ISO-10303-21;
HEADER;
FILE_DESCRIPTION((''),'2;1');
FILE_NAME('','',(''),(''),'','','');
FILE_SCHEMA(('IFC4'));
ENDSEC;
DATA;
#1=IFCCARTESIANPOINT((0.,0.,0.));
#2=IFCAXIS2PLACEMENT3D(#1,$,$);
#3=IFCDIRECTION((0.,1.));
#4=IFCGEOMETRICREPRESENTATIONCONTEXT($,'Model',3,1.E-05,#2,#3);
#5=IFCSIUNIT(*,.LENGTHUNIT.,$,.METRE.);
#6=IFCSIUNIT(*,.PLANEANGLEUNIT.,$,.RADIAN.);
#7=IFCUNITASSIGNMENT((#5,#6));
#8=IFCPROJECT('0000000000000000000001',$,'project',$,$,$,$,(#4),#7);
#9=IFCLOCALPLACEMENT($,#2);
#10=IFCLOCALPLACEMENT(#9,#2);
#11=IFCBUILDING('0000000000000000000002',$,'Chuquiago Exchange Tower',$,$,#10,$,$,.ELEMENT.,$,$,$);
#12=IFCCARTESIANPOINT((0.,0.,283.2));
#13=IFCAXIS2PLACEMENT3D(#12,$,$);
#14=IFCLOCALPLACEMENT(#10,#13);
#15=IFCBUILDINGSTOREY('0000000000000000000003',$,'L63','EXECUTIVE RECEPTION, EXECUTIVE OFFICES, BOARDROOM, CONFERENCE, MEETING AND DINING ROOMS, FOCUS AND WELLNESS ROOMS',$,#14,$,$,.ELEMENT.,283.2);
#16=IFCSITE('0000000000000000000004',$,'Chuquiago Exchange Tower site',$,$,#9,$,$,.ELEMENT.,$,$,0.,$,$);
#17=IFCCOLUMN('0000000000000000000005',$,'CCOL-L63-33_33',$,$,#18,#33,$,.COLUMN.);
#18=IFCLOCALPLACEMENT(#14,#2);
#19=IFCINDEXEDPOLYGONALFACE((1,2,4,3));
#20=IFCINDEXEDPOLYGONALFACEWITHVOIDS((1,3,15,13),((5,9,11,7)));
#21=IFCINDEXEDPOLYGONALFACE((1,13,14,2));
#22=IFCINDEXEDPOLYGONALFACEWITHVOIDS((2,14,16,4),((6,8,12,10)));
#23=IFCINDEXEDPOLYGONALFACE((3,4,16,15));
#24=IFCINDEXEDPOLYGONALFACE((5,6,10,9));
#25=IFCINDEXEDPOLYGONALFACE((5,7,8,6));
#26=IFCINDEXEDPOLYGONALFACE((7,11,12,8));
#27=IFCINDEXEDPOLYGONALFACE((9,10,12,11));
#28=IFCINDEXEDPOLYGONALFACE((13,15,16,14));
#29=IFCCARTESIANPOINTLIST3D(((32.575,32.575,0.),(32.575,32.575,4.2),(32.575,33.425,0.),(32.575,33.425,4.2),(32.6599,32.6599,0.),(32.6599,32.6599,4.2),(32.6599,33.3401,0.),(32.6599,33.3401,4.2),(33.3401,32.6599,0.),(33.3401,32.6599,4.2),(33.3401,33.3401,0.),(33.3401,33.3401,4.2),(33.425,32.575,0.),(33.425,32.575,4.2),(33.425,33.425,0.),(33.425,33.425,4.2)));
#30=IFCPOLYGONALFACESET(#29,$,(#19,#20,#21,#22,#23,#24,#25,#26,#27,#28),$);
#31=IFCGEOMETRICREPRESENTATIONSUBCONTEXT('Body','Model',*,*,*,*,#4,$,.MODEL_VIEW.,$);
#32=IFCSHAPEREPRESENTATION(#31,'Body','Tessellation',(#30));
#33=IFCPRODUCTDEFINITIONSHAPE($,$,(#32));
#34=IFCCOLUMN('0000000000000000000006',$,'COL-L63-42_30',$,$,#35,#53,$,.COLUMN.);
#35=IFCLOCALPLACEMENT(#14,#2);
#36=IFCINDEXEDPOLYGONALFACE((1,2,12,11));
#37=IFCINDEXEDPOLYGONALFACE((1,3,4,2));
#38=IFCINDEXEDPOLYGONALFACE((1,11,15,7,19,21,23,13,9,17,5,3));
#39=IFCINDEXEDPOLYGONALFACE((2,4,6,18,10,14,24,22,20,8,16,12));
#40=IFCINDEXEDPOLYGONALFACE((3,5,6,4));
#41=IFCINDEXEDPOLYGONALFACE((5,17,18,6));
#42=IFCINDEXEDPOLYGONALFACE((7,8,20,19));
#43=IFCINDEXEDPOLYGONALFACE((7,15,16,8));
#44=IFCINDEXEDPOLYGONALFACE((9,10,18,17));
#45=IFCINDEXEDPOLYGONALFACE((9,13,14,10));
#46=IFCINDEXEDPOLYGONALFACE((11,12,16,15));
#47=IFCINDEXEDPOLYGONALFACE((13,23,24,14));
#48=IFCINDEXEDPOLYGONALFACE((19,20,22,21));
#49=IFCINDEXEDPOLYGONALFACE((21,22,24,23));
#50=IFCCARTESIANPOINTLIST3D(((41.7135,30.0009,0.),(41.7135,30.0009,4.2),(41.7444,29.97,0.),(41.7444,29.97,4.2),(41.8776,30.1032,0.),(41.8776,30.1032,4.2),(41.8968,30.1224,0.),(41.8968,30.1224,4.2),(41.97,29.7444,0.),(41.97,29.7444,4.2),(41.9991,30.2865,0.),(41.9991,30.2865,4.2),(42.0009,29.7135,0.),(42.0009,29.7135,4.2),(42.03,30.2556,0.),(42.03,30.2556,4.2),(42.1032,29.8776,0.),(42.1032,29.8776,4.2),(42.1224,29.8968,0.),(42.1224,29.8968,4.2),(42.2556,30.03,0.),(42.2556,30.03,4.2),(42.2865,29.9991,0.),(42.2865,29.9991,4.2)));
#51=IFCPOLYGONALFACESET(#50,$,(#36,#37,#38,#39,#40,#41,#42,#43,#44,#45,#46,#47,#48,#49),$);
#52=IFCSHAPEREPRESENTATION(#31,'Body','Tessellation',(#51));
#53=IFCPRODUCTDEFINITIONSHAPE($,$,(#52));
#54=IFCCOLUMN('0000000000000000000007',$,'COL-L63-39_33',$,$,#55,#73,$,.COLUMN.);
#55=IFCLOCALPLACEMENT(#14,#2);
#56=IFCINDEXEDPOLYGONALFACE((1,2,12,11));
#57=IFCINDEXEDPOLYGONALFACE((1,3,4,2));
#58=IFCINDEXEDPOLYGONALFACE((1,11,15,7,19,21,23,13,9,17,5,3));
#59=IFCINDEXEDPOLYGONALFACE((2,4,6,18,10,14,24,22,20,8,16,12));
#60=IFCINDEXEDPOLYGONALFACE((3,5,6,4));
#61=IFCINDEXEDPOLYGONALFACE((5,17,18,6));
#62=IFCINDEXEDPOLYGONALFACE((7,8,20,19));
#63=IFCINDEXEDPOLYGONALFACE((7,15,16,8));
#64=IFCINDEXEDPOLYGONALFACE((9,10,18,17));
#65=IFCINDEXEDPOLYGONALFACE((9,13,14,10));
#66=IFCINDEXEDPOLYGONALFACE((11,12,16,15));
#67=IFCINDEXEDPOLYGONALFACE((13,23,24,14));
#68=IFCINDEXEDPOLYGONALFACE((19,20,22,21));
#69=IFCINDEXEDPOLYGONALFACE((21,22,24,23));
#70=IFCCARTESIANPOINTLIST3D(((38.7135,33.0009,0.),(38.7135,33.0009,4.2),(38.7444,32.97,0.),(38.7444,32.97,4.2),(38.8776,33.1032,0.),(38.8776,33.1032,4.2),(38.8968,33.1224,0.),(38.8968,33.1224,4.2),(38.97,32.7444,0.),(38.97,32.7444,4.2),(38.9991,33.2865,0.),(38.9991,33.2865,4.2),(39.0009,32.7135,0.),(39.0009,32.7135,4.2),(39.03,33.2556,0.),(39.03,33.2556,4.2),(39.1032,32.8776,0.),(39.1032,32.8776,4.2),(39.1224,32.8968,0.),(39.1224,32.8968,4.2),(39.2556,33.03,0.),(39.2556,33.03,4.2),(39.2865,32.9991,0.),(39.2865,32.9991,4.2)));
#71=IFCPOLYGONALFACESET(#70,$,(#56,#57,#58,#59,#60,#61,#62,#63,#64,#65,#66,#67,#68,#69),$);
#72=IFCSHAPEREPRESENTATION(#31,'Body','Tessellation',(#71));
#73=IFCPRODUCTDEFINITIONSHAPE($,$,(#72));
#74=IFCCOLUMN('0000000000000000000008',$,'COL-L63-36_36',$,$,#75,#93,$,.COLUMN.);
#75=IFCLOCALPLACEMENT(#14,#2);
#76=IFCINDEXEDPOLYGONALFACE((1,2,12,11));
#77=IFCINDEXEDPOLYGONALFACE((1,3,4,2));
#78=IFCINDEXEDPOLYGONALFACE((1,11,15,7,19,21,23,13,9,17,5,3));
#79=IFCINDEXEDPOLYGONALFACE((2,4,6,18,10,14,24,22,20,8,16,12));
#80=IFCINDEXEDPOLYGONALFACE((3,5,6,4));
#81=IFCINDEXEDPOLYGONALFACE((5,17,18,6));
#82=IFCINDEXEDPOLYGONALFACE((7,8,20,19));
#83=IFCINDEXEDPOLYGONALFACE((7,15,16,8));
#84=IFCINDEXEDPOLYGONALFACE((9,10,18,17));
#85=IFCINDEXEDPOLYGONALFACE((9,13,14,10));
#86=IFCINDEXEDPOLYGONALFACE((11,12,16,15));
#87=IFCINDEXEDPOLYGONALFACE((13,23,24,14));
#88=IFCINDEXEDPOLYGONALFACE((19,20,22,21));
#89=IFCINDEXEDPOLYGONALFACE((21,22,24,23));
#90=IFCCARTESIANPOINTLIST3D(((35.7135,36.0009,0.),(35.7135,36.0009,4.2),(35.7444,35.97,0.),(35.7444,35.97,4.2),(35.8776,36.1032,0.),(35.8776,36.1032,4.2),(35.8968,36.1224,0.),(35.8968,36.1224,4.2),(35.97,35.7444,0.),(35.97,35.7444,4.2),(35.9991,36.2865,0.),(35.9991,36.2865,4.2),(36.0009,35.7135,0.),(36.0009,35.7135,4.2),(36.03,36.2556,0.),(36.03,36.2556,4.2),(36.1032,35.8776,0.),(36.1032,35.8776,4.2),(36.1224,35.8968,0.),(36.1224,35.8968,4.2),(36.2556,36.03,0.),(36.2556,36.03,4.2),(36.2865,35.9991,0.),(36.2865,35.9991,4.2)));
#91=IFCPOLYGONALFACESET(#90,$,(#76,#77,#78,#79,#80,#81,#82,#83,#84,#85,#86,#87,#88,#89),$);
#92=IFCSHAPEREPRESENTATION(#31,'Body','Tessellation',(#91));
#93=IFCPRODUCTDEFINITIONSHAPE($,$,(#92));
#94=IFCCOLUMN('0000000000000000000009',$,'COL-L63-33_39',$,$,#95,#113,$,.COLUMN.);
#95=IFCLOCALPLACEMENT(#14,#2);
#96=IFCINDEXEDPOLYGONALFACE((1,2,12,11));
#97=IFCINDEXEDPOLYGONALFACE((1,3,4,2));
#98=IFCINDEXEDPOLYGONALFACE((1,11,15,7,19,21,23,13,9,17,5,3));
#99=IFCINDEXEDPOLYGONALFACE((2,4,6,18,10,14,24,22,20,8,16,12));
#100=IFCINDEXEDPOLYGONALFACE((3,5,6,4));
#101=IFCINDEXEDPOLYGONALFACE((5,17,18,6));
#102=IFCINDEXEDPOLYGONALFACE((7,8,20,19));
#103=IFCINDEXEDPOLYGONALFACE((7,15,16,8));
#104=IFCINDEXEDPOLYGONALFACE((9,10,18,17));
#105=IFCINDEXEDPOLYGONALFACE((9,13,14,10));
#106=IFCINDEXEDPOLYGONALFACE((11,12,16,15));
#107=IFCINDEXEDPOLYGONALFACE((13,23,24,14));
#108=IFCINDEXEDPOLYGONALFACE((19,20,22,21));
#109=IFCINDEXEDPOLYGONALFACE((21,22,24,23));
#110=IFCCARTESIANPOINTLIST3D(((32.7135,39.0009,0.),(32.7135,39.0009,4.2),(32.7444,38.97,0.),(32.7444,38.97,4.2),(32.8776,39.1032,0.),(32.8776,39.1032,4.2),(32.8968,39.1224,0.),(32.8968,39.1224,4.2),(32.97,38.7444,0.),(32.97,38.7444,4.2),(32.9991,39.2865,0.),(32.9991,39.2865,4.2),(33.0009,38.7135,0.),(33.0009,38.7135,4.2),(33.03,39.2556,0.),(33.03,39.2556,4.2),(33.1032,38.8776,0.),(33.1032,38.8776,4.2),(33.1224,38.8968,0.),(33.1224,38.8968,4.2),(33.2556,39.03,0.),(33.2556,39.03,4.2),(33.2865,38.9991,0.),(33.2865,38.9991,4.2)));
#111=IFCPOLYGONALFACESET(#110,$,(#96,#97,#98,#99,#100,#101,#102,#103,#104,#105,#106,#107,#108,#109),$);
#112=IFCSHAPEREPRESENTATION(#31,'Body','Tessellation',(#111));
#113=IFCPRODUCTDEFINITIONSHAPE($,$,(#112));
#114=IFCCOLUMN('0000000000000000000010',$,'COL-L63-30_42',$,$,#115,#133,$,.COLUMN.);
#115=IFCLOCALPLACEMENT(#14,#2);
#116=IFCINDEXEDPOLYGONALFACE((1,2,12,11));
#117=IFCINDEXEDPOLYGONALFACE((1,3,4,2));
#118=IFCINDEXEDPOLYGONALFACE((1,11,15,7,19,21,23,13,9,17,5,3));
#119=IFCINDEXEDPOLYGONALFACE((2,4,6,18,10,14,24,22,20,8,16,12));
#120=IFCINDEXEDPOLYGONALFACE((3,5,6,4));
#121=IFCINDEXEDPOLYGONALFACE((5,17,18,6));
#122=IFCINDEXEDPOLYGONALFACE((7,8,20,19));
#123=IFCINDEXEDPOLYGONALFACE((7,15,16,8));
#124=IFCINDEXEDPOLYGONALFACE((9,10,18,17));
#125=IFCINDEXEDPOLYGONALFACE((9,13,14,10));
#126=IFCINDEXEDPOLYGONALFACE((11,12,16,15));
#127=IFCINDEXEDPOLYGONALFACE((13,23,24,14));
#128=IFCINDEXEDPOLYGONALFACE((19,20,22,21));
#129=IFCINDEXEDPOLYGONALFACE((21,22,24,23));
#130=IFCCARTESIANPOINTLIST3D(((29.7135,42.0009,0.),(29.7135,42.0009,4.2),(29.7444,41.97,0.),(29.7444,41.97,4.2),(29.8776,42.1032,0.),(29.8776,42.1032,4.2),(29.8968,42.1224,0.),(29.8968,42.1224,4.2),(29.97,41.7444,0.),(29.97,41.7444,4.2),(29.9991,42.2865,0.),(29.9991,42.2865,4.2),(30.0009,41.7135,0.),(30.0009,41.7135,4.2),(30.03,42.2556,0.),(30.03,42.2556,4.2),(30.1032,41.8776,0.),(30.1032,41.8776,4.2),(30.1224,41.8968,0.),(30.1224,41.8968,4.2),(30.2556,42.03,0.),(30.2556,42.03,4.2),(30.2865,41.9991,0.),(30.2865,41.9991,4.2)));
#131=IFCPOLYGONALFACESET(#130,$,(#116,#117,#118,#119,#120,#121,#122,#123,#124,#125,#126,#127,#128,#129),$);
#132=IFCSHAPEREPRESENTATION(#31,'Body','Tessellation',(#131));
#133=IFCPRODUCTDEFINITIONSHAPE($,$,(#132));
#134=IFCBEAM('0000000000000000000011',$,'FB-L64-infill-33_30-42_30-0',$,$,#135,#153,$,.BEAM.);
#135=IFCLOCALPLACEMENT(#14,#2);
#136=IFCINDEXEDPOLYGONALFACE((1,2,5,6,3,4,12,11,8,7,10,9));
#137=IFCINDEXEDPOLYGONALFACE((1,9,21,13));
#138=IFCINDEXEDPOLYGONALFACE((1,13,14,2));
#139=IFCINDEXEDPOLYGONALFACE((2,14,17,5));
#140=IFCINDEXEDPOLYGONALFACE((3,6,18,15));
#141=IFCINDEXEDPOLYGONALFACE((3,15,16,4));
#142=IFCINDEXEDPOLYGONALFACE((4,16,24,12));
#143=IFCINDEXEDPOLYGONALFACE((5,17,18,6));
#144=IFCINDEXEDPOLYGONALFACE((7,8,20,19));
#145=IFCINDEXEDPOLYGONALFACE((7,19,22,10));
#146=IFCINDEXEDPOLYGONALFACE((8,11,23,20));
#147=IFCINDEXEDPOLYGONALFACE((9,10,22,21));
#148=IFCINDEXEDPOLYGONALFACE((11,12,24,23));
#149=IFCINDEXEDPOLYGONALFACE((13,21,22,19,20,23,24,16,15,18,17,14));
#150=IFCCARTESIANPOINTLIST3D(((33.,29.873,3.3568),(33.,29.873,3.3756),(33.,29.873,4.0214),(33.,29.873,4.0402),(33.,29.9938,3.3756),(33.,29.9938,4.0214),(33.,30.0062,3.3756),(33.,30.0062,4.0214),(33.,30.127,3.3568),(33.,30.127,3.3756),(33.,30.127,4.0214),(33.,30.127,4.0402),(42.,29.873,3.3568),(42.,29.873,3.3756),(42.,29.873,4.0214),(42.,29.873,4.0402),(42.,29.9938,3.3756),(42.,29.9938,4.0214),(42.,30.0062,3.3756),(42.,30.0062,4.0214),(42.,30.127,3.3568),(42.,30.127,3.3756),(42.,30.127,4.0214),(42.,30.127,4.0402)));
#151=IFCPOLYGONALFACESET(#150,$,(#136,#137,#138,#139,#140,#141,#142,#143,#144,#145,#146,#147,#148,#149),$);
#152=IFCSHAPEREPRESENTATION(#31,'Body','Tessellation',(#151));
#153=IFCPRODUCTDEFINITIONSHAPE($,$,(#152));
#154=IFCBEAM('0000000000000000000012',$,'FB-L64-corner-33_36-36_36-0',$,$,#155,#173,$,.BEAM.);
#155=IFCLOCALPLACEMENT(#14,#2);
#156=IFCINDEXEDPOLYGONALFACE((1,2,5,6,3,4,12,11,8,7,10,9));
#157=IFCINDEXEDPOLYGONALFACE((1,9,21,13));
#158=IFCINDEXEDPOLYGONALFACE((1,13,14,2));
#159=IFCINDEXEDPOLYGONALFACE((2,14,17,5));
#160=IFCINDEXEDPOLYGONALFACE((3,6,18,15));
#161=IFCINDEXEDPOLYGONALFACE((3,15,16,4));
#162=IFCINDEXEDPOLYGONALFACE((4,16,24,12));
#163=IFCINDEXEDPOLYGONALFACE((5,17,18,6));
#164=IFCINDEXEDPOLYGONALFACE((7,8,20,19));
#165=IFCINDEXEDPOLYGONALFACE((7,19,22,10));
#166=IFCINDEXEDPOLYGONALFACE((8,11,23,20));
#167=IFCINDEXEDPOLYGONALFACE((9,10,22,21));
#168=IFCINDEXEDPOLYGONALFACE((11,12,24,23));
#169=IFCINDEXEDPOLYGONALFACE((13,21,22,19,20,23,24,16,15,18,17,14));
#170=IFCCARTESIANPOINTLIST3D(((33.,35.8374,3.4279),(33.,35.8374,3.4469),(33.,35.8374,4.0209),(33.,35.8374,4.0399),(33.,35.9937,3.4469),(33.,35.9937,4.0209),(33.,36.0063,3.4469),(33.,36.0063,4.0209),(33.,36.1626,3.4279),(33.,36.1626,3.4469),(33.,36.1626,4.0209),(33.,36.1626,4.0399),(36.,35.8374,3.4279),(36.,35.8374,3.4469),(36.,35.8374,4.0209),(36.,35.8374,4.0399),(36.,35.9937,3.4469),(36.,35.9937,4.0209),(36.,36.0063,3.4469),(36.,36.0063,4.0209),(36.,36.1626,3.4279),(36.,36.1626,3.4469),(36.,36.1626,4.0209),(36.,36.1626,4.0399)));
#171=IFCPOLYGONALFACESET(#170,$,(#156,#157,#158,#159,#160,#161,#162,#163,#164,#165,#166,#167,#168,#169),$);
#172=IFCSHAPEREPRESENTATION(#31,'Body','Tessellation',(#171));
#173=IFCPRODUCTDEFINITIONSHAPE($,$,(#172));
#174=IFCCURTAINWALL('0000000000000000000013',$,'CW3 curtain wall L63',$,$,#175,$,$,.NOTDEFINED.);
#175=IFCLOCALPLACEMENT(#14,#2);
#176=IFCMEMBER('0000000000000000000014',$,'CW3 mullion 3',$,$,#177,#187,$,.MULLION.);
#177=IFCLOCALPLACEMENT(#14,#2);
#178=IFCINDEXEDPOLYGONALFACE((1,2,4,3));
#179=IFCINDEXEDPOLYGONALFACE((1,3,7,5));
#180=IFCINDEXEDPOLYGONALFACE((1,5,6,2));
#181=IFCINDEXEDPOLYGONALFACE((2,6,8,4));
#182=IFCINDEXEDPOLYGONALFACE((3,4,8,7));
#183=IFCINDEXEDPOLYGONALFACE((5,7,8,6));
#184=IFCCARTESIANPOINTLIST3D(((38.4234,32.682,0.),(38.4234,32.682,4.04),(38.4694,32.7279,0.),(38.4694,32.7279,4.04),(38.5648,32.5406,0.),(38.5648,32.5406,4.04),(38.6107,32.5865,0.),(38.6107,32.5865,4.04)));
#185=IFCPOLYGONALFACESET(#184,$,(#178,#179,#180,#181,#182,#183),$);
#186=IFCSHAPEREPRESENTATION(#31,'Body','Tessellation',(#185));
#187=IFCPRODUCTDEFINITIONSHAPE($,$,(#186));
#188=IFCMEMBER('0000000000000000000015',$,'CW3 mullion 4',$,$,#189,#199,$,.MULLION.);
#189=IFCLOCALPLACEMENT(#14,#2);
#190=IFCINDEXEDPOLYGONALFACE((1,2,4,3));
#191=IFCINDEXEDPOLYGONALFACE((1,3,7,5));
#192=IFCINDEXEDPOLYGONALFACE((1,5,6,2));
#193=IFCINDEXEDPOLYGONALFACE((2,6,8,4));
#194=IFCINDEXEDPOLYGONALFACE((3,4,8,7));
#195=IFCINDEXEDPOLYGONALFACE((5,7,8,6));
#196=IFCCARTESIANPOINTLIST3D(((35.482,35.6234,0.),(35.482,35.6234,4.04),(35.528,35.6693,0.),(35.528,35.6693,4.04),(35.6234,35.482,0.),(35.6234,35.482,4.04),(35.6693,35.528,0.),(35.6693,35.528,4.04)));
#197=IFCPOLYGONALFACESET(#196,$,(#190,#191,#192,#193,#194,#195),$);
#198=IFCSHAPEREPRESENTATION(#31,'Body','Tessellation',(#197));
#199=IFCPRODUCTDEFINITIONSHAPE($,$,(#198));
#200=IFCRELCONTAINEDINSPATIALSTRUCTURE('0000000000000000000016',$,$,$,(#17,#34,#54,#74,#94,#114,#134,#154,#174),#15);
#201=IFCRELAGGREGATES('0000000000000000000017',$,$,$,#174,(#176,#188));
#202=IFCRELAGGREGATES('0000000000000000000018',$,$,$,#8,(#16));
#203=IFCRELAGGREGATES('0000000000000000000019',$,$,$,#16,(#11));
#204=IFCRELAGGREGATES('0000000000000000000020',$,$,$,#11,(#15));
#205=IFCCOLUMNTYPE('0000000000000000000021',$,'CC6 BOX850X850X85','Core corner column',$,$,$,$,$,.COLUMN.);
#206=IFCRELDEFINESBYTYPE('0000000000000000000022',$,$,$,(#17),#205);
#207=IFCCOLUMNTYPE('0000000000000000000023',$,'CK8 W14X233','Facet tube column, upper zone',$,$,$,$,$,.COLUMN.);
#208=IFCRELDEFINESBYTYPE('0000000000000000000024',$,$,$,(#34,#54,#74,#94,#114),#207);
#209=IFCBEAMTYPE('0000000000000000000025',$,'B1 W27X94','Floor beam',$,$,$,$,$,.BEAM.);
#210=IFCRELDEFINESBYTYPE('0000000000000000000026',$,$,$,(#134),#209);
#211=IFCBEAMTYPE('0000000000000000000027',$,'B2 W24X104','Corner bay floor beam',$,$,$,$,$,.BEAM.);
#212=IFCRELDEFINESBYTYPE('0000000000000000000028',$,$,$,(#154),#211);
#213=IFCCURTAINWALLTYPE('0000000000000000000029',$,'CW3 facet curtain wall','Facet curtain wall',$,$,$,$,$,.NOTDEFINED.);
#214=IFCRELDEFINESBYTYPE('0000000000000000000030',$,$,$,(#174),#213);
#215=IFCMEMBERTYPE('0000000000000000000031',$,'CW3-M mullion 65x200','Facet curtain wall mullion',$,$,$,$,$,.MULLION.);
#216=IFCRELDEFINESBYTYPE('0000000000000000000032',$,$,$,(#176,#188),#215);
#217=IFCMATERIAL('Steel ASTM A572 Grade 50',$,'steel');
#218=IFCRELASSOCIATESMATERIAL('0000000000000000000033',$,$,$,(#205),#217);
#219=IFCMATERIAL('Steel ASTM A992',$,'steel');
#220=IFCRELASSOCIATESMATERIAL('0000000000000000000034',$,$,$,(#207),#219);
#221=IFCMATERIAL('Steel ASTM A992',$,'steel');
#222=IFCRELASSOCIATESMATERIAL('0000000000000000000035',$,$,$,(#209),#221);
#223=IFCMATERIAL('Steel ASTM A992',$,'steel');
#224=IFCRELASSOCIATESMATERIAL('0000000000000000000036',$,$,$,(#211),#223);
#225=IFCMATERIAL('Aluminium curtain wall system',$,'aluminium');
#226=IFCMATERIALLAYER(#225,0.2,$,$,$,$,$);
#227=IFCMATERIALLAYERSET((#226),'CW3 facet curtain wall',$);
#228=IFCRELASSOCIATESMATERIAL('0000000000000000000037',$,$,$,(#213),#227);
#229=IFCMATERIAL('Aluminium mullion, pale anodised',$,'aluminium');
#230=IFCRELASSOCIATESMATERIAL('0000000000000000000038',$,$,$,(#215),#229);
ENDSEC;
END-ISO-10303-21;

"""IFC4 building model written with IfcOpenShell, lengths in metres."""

from ifc_helpers import new_model, si_unit, direction, frame, origin, origin_2d, place, context, subcontext, project, spatial, rectangle, hollow_rectangle, i_section, extrude, material, layer, layer_set, material_profile, profile_set, type_object, element, aggregate, save


model = new_model("IFC4")

# Units and contexts
model_context = context("Model", 3, precision=1e-05, world=origin(), true_north=direction((0.0, 1.0)))
body_context = subcontext(model_context, "Body", "Model", "MODEL_VIEW")
ifc_project = project(units=[si_unit("LENGTHUNIT", "METRE"), si_unit("PLANEANGLEUNIT", "RADIAN")], contexts=[model_context])

# Site, building, storey
site_placement = place(None, origin())
site = spatial("IfcSite", under=ifc_project, at=site_placement, Name="Chuquiago Exchange Tower site", CompositionType="ELEMENT", RefElevation=0.0)
building_placement = place(site_placement, origin())
building = spatial("IfcBuilding", under=site, at=building_placement, Name="Chuquiago Exchange Tower", CompositionType="ELEMENT")
storey_placement = place(building_placement, frame((0.0, 0.0, 283.2)))
storey = spatial("IfcBuildingStorey", under=building, at=storey_placement, Name="L63", Description="EXECUTIVE RECEPTION, EXECUTIVE OFFICES, BOARDROOM, CONFERENCE, MEETING AND DINING ROOMS, FOCUS AND WELLNESS ROOMS", CompositionType="ELEMENT", Elevation=283.2)

# Columns
ifc_material_1 = material(Name="Steel ASTM A572 Grade 50", Category="steel")
ifc_material_profile_1 = material_profile(ifc_material_1, hollow_rectangle(XDim=0.8501, YDim=0.8501, WallThickness=0.085, at=origin_2d()), Name="BOX850X850X85")
ifc_profile_set_1 = profile_set([ifc_material_profile_1], Name="Steel ASTM A572 Grade 50")
column_type_1 = type_object("IfcColumnType", Name="CC6 BOX850X850X85", Description="Core corner column", PredefinedType="COLUMN", material=ifc_profile_set_1)
column_placement = place(storey_placement, frame((33.0, 33.0, 0.0), z_axis=(0.0, 0.0, 1.0), x_axis=(1.0, 0.0, 0.0)))
element("IfcColumn", 1, at=column_placement, inside=storey, type_object=column_type_1, Name="CCOL-L63-33_33", PredefinedType="COLUMN", context=body_context, shape_type="SweptSolid", body=[
    extrude(hollow_rectangle(XDim=0.8501, YDim=0.8501, WallThickness=0.085, at=origin_2d()), origin(), (0.0, 0.0, 1.0), 4.2),
])
ifc_material_2 = material(Name="Steel ASTM A992", Category="steel")
ifc_material_profile_2 = material_profile(ifc_material_2, i_section(OverallWidth=0.4038, OverallDepth=0.4065, WebThickness=0.0271, FlangeThickness=0.0437, at=origin_2d()), Name="W14X233")
ifc_profile_set_2 = profile_set([ifc_material_profile_2], Name="Steel ASTM A992")
column_type_2 = type_object("IfcColumnType", Name="CK8 W14X233", Description="Facet tube column, upper zone", PredefinedType="COLUMN", material=ifc_profile_set_2)
for number, where, z_axis, x_axis, name in (
    (2, (42.0, 30.0, 0.0), (0.0, 0.0, 1.0), (0.707107, 0.707107, 0.0), "COL-L63-42_30"),
    (3, (39.0, 33.0, 0.0), (0.0, 0.0, 1.0), (0.707107, 0.707107, 0.0), "COL-L63-39_33"),
    (4, (36.0, 36.0, 0.0), (0.0, 0.0, 1.0), (0.707107, 0.707107, 0.0), "COL-L63-36_36"),
    (5, (33.0, 39.0, 0.0), (0.0, 0.0, 1.0), (0.707107, 0.707107, 0.0), "COL-L63-33_39"),
    (6, (30.0, 42.0, 0.0), (0.0, 0.0, 1.0), (0.707107, 0.707107, 0.0), "COL-L63-30_42"),
):
    element("IfcColumn", number, at=place(storey_placement, frame(where, z_axis=z_axis, x_axis=x_axis)), inside=storey, type_object=column_type_2, Name=name, PredefinedType="COLUMN", context=body_context, shape_type="SweptSolid", body=[
        extrude(i_section(OverallWidth=0.4038, OverallDepth=0.4065, WebThickness=0.0271, FlangeThickness=0.0437, at=origin_2d()), origin(), (0.0, 0.0, 1.0), 4.2),
    ])

# Beams
ifc_material_3 = material(Name="Steel ASTM A992", Category="steel")
ifc_material_profile_3 = material_profile(ifc_material_3, i_section(OverallWidth=0.2539, OverallDepth=0.6833, WebThickness=0.0125, FlangeThickness=0.0188, at=origin_2d()), Name="W27X94")
ifc_profile_set_3 = profile_set([ifc_material_profile_3], Name="Steel ASTM A992")
beam_type_1 = type_object("IfcBeamType", Name="B1 W27X94", Description="Floor beam", PredefinedType="BEAM", material=ifc_profile_set_3)
beam_1_placement = place(storey_placement, frame((33.0, 30.0, 3.6985), z_axis=(1.0, 0.0, 0.0), x_axis=(0.0, 1.0, 0.0)))
element("IfcBeam", 7, at=beam_1_placement, inside=storey, type_object=beam_type_1, Name="FB-L64-infill-33_30-42_30-0", PredefinedType="BEAM", context=body_context, shape_type="SweptSolid", body=[
    extrude(i_section(OverallWidth=0.2539, OverallDepth=0.6833, WebThickness=0.0125, FlangeThickness=0.0188, at=origin_2d()), origin(), (0.0, 0.0, 1.0), 9.0),
])
ifc_material_4 = material(Name="Steel ASTM A992", Category="steel")
ifc_material_profile_4 = material_profile(ifc_material_4, i_section(OverallWidth=0.3252, OverallDepth=0.6121, WebThickness=0.0127, FlangeThickness=0.019, at=origin_2d()), Name="W24X104")
ifc_profile_set_4 = profile_set([ifc_material_profile_4], Name="Steel ASTM A992")
beam_type_2 = type_object("IfcBeamType", Name="B2 W24X104", Description="Corner bay floor beam", PredefinedType="BEAM", material=ifc_profile_set_4)
beam_2_placement = place(storey_placement, frame((33.0, 36.0, 3.7339), z_axis=(1.0, 0.0, 0.0), x_axis=(0.0, 1.0, 0.0)))
element("IfcBeam", 8, at=beam_2_placement, inside=storey, type_object=beam_type_2, Name="FB-L64-corner-33_36-36_36-0", PredefinedType="BEAM", context=body_context, shape_type="SweptSolid", body=[
    extrude(i_section(OverallWidth=0.3252, OverallDepth=0.6121, WebThickness=0.0127, FlangeThickness=0.019, at=origin_2d()), origin(), (0.0, 0.0, 1.0), 3.0),
])

# Curtain wall, members
ifc_material_5 = material(Name="Aluminium curtain wall system", Category="aluminium")
ifc_layer_1 = layer(ifc_material_5, 0.2)
ifc_layer_set_1 = layer_set([ifc_layer_1], Name="CW3 facet curtain wall")
curtain_wall_type = type_object("IfcCurtainWallType", Name="CW3 facet curtain wall", Description="Facet curtain wall", PredefinedType="NOTDEFINED", material=ifc_layer_set_1)
curtain_wall_placement = place(storey_placement, origin())
curtain_wall = element("IfcCurtainWall", 9, at=curtain_wall_placement, inside=storey, type_object=curtain_wall_type, Name="CW3 curtain wall L63", PredefinedType="NOTDEFINED")
ifc_material_6 = material(Name="Aluminium mullion, pale anodised", Category="aluminium")
ifc_material_profile_5 = material_profile(ifc_material_6, rectangle(XDim=0.0649, YDim=0.2, at=origin_2d()), Name="AL 65x200")
ifc_profile_set_5 = profile_set([ifc_material_profile_5], Name="Aluminium mullion, pale anodised")
member_type_1 = type_object("IfcMemberType", Name="CW3-M mullion 65x200", Description="Facet curtain wall mullion", PredefinedType="MULLION", material=ifc_profile_set_5)
member_1_placement = place(storey_placement, frame((38.5171, 32.6343, 0.0), z_axis=(0.0, 0.0, 1.0), x_axis=(-0.707107, -0.707107, 0.0)))
member_1 = element("IfcMember", 10, at=member_1_placement, type_object=member_type_1, Name="CW3 mullion 3", PredefinedType="MULLION", context=body_context, shape_type="SweptSolid", body=[
    extrude(rectangle(XDim=0.0649, YDim=0.2, at=origin_2d()), origin(), (0.0, 0.0, 1.0), 4.04),
])
member_2_placement = place(storey_placement, frame((35.5757, 35.5757, 0.0), z_axis=(0.0, 0.0, 1.0), x_axis=(-0.707107, -0.707107, 0.0)))
member_2 = element("IfcMember", 11, at=member_2_placement, type_object=member_type_1, Name="CW3 mullion 4", PredefinedType="MULLION", context=body_context, shape_type="SweptSolid", body=[
    extrude(rectangle(XDim=0.0649, YDim=0.2, at=origin_2d()), origin(), (0.0, 0.0, 1.0), 4.04),
])

aggregate(curtain_wall, [member_1, member_2])

save(model, "model.ifc")
